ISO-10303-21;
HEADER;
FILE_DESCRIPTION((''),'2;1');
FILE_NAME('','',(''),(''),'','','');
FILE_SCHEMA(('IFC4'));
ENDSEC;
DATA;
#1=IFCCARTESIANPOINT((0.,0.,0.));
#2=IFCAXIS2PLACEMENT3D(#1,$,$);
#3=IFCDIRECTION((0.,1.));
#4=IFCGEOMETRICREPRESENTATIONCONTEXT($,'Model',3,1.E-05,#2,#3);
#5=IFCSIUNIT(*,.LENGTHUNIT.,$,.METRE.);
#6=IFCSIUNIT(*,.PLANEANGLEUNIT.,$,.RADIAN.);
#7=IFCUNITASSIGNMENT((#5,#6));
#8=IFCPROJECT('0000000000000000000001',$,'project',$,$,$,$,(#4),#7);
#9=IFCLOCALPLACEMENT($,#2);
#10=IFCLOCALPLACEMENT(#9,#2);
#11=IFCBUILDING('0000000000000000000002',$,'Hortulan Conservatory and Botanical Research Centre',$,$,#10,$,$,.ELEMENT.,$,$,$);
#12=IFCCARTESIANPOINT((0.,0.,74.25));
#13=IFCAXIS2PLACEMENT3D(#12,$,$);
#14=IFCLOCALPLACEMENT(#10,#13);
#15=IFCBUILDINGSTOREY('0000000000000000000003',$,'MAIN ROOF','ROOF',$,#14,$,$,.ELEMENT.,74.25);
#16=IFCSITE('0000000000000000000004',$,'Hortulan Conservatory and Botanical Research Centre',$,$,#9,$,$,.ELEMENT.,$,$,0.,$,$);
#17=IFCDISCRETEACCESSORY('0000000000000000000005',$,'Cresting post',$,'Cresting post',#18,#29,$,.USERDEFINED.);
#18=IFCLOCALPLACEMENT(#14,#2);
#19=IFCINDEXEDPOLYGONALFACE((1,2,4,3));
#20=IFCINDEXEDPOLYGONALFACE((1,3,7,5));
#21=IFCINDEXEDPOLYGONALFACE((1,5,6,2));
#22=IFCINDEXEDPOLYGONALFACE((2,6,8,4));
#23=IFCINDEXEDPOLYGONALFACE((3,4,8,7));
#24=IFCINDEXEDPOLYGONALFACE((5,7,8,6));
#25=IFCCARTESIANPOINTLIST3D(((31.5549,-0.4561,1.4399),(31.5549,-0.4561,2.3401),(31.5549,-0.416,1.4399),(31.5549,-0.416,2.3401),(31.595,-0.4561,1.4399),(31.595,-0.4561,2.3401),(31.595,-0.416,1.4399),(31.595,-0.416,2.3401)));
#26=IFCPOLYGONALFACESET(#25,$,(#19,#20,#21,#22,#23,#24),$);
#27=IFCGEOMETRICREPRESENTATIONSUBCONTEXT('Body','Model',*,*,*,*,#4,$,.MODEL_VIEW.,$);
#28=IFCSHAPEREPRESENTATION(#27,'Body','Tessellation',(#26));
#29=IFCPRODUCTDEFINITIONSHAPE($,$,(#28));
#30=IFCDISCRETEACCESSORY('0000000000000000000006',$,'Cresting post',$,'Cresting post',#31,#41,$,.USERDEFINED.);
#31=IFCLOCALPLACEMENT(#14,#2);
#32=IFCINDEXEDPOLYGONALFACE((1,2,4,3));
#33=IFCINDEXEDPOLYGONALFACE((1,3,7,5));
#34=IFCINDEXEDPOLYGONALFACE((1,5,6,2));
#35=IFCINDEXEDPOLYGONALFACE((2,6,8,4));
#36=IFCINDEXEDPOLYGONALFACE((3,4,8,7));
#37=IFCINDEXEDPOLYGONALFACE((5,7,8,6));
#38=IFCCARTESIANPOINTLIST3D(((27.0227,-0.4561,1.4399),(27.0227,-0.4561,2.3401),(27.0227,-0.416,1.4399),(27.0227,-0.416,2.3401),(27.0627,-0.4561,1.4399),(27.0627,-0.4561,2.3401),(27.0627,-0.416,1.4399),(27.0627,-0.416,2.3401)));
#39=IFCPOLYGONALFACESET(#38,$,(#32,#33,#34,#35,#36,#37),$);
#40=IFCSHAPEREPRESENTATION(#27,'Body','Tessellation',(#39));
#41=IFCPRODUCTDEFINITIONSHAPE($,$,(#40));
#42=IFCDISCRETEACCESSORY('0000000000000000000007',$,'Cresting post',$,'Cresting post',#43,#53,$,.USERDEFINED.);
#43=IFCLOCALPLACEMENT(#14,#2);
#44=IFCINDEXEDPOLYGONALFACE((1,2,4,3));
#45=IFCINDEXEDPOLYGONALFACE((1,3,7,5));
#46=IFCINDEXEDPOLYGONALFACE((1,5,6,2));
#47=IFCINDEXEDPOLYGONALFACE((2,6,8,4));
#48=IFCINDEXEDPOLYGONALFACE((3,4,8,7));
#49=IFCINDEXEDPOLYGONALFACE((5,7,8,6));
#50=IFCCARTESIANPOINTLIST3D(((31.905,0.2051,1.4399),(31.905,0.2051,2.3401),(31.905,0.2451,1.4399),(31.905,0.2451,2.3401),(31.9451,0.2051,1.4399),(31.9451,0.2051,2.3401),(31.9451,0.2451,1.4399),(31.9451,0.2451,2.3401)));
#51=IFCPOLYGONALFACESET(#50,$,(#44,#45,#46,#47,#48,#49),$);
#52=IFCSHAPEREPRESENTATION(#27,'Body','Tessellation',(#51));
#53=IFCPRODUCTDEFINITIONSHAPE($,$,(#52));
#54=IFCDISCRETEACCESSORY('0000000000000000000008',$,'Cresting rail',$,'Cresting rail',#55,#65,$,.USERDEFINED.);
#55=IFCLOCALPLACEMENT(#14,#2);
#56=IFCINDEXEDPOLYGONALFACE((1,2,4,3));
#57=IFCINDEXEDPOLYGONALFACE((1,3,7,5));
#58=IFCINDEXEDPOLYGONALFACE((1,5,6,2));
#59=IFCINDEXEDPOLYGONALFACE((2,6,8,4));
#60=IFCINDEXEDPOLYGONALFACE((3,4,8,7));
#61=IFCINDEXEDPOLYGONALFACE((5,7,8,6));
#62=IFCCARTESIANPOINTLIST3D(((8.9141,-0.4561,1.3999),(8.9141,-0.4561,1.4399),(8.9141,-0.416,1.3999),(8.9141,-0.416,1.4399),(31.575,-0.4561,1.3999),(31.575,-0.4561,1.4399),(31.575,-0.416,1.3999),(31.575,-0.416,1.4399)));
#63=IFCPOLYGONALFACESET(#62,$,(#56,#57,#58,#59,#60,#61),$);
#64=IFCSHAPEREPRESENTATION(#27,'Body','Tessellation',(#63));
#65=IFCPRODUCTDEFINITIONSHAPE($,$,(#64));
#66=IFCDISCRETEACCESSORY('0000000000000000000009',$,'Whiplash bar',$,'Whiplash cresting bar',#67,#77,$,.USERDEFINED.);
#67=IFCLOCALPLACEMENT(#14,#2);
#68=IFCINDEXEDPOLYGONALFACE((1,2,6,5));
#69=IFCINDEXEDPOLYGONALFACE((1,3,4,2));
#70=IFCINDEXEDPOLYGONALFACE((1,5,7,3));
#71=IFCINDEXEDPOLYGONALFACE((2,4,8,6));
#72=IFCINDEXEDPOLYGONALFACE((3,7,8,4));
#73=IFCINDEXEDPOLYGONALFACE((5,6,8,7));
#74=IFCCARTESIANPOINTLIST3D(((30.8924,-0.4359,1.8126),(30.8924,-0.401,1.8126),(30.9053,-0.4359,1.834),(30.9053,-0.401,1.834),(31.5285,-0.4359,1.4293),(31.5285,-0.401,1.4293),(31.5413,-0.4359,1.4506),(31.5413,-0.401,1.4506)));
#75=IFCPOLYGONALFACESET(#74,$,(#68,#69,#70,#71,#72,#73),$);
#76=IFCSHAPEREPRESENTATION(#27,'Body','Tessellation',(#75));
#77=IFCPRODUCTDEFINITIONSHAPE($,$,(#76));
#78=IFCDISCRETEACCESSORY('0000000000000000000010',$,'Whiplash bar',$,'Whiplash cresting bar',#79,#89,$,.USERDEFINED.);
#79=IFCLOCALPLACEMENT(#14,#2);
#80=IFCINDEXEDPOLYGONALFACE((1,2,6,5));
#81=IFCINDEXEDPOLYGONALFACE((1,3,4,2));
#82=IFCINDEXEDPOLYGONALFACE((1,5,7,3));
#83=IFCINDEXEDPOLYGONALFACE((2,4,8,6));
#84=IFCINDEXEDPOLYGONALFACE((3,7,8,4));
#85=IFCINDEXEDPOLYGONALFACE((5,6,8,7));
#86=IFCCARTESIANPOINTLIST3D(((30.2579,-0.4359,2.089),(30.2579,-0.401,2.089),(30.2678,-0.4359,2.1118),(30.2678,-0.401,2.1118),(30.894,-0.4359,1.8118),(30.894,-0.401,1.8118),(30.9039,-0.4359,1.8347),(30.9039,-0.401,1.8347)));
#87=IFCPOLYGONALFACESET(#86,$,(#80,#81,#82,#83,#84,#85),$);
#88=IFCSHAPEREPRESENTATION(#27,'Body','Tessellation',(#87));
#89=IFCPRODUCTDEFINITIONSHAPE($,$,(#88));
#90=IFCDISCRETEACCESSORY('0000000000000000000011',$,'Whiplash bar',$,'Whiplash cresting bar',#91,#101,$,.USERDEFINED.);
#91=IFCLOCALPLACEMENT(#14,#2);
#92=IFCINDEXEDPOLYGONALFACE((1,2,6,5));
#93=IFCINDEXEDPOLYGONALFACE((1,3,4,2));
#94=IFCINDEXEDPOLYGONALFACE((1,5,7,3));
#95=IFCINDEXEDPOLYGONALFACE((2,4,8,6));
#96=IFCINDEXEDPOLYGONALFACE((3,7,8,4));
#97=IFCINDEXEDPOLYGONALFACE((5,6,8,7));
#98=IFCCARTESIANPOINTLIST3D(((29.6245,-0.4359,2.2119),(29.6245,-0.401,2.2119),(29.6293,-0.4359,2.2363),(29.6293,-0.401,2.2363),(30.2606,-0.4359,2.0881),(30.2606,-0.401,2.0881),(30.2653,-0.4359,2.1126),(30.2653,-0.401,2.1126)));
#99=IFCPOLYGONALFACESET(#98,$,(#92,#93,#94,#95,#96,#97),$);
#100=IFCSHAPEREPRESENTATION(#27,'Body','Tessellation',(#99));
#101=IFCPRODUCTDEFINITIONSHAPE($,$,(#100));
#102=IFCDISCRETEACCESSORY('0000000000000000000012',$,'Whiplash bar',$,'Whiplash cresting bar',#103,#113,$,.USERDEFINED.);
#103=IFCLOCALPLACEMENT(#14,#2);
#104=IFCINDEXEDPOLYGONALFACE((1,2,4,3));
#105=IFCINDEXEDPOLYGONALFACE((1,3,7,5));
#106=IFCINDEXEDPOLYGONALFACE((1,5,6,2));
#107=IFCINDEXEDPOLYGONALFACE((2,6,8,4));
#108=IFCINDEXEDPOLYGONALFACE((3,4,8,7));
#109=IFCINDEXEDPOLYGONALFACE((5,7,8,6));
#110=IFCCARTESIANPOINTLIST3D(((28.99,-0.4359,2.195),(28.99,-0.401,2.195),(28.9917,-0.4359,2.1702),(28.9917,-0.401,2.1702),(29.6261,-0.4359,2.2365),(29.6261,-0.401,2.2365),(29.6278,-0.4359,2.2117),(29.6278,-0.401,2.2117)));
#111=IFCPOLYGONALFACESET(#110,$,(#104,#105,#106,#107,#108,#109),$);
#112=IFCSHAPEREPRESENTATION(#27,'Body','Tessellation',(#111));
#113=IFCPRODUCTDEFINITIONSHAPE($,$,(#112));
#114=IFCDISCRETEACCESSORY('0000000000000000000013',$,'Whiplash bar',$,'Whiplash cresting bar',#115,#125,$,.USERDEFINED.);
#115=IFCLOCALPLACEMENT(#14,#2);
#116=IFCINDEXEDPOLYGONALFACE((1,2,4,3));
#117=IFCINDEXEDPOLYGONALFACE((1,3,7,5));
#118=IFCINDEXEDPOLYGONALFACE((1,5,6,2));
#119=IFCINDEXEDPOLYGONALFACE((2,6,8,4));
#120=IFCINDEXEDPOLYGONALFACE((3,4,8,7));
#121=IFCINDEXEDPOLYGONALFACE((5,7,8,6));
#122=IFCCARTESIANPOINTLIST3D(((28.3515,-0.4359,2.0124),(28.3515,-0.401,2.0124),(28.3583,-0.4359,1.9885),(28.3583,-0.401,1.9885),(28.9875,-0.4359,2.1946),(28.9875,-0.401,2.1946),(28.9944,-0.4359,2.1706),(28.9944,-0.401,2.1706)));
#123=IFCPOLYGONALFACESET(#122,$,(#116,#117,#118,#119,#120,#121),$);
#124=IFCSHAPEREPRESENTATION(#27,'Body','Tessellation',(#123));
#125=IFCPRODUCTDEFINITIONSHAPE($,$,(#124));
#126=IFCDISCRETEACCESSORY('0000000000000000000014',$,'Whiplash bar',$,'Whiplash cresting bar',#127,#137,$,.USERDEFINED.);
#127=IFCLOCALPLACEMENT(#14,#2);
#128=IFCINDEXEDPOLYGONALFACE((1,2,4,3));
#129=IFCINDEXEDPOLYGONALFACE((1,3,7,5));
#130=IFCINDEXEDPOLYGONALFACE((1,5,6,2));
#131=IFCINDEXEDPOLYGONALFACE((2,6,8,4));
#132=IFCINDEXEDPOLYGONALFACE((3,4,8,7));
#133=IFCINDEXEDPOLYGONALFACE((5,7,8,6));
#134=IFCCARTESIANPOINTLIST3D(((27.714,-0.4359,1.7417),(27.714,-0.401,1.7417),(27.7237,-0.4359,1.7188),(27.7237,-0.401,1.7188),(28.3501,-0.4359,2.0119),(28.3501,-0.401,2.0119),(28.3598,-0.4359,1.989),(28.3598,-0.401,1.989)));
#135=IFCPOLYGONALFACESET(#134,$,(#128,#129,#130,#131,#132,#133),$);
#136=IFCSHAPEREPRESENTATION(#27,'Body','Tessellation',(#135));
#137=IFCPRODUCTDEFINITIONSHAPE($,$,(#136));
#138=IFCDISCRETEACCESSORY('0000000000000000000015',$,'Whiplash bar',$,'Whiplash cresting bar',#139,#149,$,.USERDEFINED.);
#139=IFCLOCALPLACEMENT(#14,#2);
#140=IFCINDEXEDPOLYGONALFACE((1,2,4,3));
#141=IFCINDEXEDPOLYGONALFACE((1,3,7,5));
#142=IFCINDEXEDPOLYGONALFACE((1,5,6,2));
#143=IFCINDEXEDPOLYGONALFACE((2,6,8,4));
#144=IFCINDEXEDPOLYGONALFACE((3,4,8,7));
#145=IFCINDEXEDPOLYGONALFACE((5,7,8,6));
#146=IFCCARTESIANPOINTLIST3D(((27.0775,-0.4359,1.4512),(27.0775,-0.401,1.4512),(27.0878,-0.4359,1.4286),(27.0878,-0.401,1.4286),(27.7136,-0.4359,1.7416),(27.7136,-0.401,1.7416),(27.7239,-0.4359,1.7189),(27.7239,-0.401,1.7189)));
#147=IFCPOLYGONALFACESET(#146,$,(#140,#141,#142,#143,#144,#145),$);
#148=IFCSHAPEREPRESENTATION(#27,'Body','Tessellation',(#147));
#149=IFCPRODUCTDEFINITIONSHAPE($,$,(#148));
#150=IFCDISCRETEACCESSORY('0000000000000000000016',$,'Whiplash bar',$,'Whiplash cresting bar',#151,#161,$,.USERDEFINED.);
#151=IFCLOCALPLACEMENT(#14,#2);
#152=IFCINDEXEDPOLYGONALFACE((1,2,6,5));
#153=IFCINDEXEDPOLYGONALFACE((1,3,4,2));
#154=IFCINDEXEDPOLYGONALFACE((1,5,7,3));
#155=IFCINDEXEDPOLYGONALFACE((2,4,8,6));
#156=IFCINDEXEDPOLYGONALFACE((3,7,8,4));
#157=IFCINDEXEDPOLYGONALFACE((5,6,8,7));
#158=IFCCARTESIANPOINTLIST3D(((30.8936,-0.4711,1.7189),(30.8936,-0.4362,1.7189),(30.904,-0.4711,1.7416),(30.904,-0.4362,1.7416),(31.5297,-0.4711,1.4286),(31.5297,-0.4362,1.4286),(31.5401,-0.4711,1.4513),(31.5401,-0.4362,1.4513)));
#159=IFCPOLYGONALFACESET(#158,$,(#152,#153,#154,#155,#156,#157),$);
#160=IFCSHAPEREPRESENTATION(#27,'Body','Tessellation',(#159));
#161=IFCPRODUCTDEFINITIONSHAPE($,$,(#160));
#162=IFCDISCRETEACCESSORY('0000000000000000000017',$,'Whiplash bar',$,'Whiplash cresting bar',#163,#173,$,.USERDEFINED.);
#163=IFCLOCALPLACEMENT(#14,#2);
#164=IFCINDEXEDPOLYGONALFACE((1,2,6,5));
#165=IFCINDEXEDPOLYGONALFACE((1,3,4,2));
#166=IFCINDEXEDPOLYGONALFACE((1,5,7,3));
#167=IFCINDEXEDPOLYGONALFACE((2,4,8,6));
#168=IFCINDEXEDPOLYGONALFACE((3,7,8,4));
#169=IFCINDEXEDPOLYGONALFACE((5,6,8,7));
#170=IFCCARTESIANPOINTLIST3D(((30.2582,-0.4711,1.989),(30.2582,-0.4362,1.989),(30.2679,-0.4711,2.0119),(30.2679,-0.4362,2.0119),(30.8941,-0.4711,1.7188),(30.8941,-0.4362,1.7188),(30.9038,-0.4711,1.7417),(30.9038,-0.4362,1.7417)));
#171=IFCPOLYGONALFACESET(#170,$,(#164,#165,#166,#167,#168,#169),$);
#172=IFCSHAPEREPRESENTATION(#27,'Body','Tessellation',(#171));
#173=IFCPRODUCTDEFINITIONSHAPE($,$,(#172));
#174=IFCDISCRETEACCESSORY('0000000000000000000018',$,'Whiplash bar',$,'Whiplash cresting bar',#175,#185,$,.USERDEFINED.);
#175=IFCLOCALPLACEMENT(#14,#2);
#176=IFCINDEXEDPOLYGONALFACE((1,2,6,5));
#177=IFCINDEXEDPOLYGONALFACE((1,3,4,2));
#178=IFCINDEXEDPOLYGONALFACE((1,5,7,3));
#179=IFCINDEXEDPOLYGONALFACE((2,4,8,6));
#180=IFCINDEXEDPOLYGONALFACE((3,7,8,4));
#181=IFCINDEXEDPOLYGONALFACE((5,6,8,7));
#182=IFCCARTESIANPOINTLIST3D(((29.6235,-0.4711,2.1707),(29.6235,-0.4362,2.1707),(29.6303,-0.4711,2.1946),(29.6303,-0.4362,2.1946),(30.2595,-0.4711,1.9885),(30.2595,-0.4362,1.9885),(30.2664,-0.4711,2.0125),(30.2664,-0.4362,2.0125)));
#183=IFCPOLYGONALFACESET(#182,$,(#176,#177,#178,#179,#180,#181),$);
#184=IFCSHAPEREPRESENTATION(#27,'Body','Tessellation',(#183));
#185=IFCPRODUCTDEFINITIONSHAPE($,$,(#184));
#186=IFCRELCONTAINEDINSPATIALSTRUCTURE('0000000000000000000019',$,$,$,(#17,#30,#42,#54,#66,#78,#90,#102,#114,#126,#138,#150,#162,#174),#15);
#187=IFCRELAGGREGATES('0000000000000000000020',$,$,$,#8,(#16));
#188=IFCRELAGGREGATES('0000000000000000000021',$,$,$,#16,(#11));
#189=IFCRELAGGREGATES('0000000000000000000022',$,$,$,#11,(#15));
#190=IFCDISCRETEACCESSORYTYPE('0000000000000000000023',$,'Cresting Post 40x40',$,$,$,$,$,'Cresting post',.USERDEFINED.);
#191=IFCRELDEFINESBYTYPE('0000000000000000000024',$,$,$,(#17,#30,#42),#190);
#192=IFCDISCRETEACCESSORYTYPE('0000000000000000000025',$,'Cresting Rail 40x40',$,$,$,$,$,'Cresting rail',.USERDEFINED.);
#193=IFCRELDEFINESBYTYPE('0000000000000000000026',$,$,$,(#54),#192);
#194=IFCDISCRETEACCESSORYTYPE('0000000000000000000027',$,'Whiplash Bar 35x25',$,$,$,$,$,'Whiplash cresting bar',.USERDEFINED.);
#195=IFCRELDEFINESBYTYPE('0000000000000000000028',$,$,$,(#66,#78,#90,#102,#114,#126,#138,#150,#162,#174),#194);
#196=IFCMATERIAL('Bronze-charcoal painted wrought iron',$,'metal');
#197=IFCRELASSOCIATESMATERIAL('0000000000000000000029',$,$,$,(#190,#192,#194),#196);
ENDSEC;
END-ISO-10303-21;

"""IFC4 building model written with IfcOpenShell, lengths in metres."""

from ifc_helpers import new_model, si_unit, direction, frame, origin, origin_2d, place, context, subcontext, project, spatial, rectangle, extrude, material, material_profile, profile_set, type_object, element, save


model = new_model("IFC4")

# Units and contexts
model_context = context("Model", 3, precision=1e-05, world=origin(), true_north=direction((0.0, 1.0)))
body_context = subcontext(model_context, "Body", "Model", "MODEL_VIEW")
ifc_project = project(units=[si_unit("LENGTHUNIT", "METRE"), si_unit("PLANEANGLEUNIT", "RADIAN")], contexts=[model_context])

# Site, building, storey
site_placement = place(None, origin())
site = spatial("IfcSite", under=ifc_project, at=site_placement, Name="Hortulan Conservatory and Botanical Research Centre", CompositionType="ELEMENT", RefElevation=0.0)
building_placement = place(site_placement, origin())
building = spatial("IfcBuilding", under=site, at=building_placement, Name="Hortulan Conservatory and Botanical Research Centre", CompositionType="ELEMENT")
storey_placement = place(building_placement, frame((0.0, 0.0, 74.25)))
storey = spatial("IfcBuildingStorey", under=building, at=storey_placement, Name="MAIN ROOF", Description="ROOF", CompositionType="ELEMENT", Elevation=74.25)

# Discrete accessories
ifc_material = material(Name="Bronze-charcoal painted wrought iron", Category="metal")
ifc_material_profile_1 = material_profile(ifc_material, rectangle(XDim=0.04, YDim=0.04, at=origin_2d()), Name="Square bar 40x40")
ifc_profile_set_1 = profile_set([ifc_material_profile_1], Name="Bronze-charcoal painted wrought iron")
discrete_accessory_type_1 = type_object("IfcDiscreteAccessoryType", Name="Cresting Post 40x40", ElementType="Cresting post", PredefinedType="USERDEFINED", material=ifc_profile_set_1)
for number, where, z_axis, x_axis, name in (
    (1, (31.575, -0.436, 1.4399), (0.0, 0.0, 1.0), (1.0, 0.0, 0.0), "Cresting post"),
    (2, (27.0427, -0.436, 1.4399), (0.0, 0.0, 1.0), (1.0, 0.0, 0.0), "Cresting post"),
    (3, (31.925, 0.2251, 1.4399), (0.0, 0.0, 1.0), (1.0, 0.0, 0.0), "Cresting post"),
):
    element("IfcDiscreteAccessory", number, at=place(storey_placement, frame(where, z_axis=z_axis, x_axis=x_axis)), inside=storey, type_object=discrete_accessory_type_1, Name=name, ObjectType="Cresting post", PredefinedType="USERDEFINED", context=body_context, shape_type="SweptSolid", body=[
        extrude(rectangle(XDim=0.04, YDim=0.04, at=origin_2d()), origin(), (0.0, 0.0, 1.0), 0.9001),
    ])
ifc_material_profile_2 = material_profile(ifc_material, rectangle(XDim=0.04, YDim=0.04, at=origin_2d()), Name="Square bar 40x40")
ifc_profile_set_2 = profile_set([ifc_material_profile_2], Name="Bronze-charcoal painted wrought iron")
discrete_accessory_type_2 = type_object("IfcDiscreteAccessoryType", Name="Cresting Rail 40x40", ElementType="Cresting rail", PredefinedType="USERDEFINED", material=ifc_profile_set_2)
discrete_accessory_1_placement = place(storey_placement, frame((31.575, -0.436, 1.4199), z_axis=(-1.0, 0.0, 0.0), x_axis=(0.0, -1.0, 0.0)))
element("IfcDiscreteAccessory", 4, at=discrete_accessory_1_placement, inside=storey, type_object=discrete_accessory_type_2, Name="Cresting rail", ObjectType="Cresting rail", PredefinedType="USERDEFINED", context=body_context, shape_type="SweptSolid", body=[
    extrude(rectangle(XDim=0.04, YDim=0.04, at=origin_2d()), origin(), (0.0, 0.0, 1.0), 22.6609),
])
ifc_material_profile_3 = material_profile(ifc_material, rectangle(XDim=0.0349, YDim=0.0249, at=origin_2d()), Name="Flat bar 35x25")
ifc_profile_set_3 = profile_set([ifc_material_profile_3], Name="Bronze-charcoal painted wrought iron")
discrete_accessory_type_3 = type_object("IfcDiscreteAccessoryType", Name="Whiplash Bar 35x25", ElementType="Whiplash cresting bar", PredefinedType="USERDEFINED", material=ifc_profile_set_3)
discrete_accessory_2_placement = place(storey_placement, frame((31.5349, -0.4185, 1.4399), z_axis=(-0.856476, 0.0, 0.516187), x_axis=(0.0, -1.0, 0.0)))
element("IfcDiscreteAccessory", 5, at=discrete_accessory_2_placement, inside=storey, type_object=discrete_accessory_type_3, Name="Whiplash bar", ObjectType="Whiplash cresting bar", PredefinedType="USERDEFINED", context=body_context, shape_type="SweptSolid", body=[
    extrude(rectangle(XDim=0.0349, YDim=0.0249, at=origin_2d()), origin(), (0.0, 0.0, 1.0), 0.7427),
])
discrete_accessory_3_placement = place(storey_placement, frame((30.8989, -0.4185, 1.8232), z_axis=(-0.916762, 0.0, 0.399434), x_axis=(0.0, -1.0, 0.0)))
element("IfcDiscreteAccessory", 6, at=discrete_accessory_3_placement, inside=storey, type_object=discrete_accessory_type_3, Name="Whiplash bar", ObjectType="Whiplash cresting bar", PredefinedType="USERDEFINED", context=body_context, shape_type="SweptSolid", body=[
    extrude(rectangle(XDim=0.0349, YDim=0.0249, at=origin_2d()), origin(), (0.0, 0.0, 1.0), 0.6938),
])
discrete_accessory_4_placement = place(storey_placement, frame((30.2629, -0.4185, 2.1003), z_axis=(-0.981582, 0.0, 0.191041), x_axis=(0.0, -1.0, 0.0)))
element("IfcDiscreteAccessory", 7, at=discrete_accessory_4_placement, inside=storey, type_object=discrete_accessory_type_3, Name="Whiplash bar", ObjectType="Whiplash cresting bar", PredefinedType="USERDEFINED", context=body_context, shape_type="SweptSolid", body=[
    extrude(rectangle(XDim=0.0349, YDim=0.0249, at=origin_2d()), origin(), (0.0, 0.0, 1.0), 0.6479),
])
discrete_accessory_5_placement = place(storey_placement, frame((29.627, -0.4185, 2.2241), z_axis=(-0.997877, 0.0, -0.065121), x_axis=(0.0, -1.0, 0.0)))
element("IfcDiscreteAccessory", 8, at=discrete_accessory_5_placement, inside=storey, type_object=discrete_accessory_type_3, Name="Whiplash bar", ObjectType="Whiplash cresting bar", PredefinedType="USERDEFINED", context=body_context, shape_type="SweptSolid", body=[
    extrude(rectangle(XDim=0.0349, YDim=0.0249, at=origin_2d()), origin(), (0.0, 0.0, 1.0), 0.6375),
])
discrete_accessory_6_placement = place(storey_placement, frame((28.991, -0.4185, 2.1826), z_axis=(-0.961357, 0.0, -0.275306), x_axis=(0.0, -1.0, 0.0)))
element("IfcDiscreteAccessory", 9, at=discrete_accessory_6_placement, inside=storey, type_object=discrete_accessory_type_3, Name="Whiplash bar", ObjectType="Whiplash cresting bar", PredefinedType="USERDEFINED", context=body_context, shape_type="SweptSolid", body=[
    extrude(rectangle(XDim=0.0349, YDim=0.0249, at=origin_2d()), origin(), (0.0, 0.0, 1.0), 0.6616),
])
discrete_accessory_7_placement = place(storey_placement, frame((28.355, -0.4185, 2.0005), z_axis=(-0.920401, 0.0, -0.390976), x_axis=(0.0, -1.0, 0.0)))
element("IfcDiscreteAccessory", 10, at=discrete_accessory_7_placement, inside=storey, type_object=discrete_accessory_type_3, Name="Whiplash bar", ObjectType="Whiplash cresting bar", PredefinedType="USERDEFINED", context=body_context, shape_type="SweptSolid", body=[
    extrude(rectangle(XDim=0.0349, YDim=0.0249, at=origin_2d()), origin(), (0.0, 0.0, 1.0), 0.6912),
])
for number, where, z_axis, x_axis, name in (
    (11, (27.7188, -0.4185, 1.7302), (-0.90972, 0.0, -0.415223), (0.0, -1.0, 0.0), "Whiplash bar"),
    (12, (31.5349, -0.4536, 1.4399), (-0.90972, 0.0, 0.415223), (0.0, -1.0, 0.0), "Whiplash bar"),
):
    element("IfcDiscreteAccessory", number, at=place(storey_placement, frame(where, z_axis=z_axis, x_axis=x_axis)), inside=storey, type_object=discrete_accessory_type_3, Name=name, ObjectType="Whiplash cresting bar", PredefinedType="USERDEFINED", context=body_context, shape_type="SweptSolid", body=[
        extrude(rectangle(XDim=0.0349, YDim=0.0249, at=origin_2d()), origin(), (0.0, 0.0, 1.0), 0.6992),
    ])
discrete_accessory_8_placement = place(storey_placement, frame((30.8989, -0.4536, 1.7302), z_axis=(-0.920347, 0.0, 0.391103), x_axis=(0.0, -1.0, 0.0)))
element("IfcDiscreteAccessory", 13, at=discrete_accessory_8_placement, inside=storey, type_object=discrete_accessory_type_3, Name="Whiplash bar", ObjectType="Whiplash cresting bar", PredefinedType="USERDEFINED", context=body_context, shape_type="SweptSolid", body=[
    extrude(rectangle(XDim=0.0349, YDim=0.0249, at=origin_2d()), origin(), (0.0, 0.0, 1.0), 0.6909),
])
discrete_accessory_9_placement = place(storey_placement, frame((30.2629, -0.4536, 2.0005), z_axis=(-0.961357, 0.0, 0.275306), x_axis=(0.0, -1.0, 0.0)))
element("IfcDiscreteAccessory", 14, at=discrete_accessory_9_placement, inside=storey, type_object=discrete_accessory_type_3, Name="Whiplash bar", ObjectType="Whiplash cresting bar", PredefinedType="USERDEFINED", context=body_context, shape_type="SweptSolid", body=[
    extrude(rectangle(XDim=0.0349, YDim=0.0249, at=origin_2d()), origin(), (0.0, 0.0, 1.0), 0.6616),
])

save(model, "model.ifc")
